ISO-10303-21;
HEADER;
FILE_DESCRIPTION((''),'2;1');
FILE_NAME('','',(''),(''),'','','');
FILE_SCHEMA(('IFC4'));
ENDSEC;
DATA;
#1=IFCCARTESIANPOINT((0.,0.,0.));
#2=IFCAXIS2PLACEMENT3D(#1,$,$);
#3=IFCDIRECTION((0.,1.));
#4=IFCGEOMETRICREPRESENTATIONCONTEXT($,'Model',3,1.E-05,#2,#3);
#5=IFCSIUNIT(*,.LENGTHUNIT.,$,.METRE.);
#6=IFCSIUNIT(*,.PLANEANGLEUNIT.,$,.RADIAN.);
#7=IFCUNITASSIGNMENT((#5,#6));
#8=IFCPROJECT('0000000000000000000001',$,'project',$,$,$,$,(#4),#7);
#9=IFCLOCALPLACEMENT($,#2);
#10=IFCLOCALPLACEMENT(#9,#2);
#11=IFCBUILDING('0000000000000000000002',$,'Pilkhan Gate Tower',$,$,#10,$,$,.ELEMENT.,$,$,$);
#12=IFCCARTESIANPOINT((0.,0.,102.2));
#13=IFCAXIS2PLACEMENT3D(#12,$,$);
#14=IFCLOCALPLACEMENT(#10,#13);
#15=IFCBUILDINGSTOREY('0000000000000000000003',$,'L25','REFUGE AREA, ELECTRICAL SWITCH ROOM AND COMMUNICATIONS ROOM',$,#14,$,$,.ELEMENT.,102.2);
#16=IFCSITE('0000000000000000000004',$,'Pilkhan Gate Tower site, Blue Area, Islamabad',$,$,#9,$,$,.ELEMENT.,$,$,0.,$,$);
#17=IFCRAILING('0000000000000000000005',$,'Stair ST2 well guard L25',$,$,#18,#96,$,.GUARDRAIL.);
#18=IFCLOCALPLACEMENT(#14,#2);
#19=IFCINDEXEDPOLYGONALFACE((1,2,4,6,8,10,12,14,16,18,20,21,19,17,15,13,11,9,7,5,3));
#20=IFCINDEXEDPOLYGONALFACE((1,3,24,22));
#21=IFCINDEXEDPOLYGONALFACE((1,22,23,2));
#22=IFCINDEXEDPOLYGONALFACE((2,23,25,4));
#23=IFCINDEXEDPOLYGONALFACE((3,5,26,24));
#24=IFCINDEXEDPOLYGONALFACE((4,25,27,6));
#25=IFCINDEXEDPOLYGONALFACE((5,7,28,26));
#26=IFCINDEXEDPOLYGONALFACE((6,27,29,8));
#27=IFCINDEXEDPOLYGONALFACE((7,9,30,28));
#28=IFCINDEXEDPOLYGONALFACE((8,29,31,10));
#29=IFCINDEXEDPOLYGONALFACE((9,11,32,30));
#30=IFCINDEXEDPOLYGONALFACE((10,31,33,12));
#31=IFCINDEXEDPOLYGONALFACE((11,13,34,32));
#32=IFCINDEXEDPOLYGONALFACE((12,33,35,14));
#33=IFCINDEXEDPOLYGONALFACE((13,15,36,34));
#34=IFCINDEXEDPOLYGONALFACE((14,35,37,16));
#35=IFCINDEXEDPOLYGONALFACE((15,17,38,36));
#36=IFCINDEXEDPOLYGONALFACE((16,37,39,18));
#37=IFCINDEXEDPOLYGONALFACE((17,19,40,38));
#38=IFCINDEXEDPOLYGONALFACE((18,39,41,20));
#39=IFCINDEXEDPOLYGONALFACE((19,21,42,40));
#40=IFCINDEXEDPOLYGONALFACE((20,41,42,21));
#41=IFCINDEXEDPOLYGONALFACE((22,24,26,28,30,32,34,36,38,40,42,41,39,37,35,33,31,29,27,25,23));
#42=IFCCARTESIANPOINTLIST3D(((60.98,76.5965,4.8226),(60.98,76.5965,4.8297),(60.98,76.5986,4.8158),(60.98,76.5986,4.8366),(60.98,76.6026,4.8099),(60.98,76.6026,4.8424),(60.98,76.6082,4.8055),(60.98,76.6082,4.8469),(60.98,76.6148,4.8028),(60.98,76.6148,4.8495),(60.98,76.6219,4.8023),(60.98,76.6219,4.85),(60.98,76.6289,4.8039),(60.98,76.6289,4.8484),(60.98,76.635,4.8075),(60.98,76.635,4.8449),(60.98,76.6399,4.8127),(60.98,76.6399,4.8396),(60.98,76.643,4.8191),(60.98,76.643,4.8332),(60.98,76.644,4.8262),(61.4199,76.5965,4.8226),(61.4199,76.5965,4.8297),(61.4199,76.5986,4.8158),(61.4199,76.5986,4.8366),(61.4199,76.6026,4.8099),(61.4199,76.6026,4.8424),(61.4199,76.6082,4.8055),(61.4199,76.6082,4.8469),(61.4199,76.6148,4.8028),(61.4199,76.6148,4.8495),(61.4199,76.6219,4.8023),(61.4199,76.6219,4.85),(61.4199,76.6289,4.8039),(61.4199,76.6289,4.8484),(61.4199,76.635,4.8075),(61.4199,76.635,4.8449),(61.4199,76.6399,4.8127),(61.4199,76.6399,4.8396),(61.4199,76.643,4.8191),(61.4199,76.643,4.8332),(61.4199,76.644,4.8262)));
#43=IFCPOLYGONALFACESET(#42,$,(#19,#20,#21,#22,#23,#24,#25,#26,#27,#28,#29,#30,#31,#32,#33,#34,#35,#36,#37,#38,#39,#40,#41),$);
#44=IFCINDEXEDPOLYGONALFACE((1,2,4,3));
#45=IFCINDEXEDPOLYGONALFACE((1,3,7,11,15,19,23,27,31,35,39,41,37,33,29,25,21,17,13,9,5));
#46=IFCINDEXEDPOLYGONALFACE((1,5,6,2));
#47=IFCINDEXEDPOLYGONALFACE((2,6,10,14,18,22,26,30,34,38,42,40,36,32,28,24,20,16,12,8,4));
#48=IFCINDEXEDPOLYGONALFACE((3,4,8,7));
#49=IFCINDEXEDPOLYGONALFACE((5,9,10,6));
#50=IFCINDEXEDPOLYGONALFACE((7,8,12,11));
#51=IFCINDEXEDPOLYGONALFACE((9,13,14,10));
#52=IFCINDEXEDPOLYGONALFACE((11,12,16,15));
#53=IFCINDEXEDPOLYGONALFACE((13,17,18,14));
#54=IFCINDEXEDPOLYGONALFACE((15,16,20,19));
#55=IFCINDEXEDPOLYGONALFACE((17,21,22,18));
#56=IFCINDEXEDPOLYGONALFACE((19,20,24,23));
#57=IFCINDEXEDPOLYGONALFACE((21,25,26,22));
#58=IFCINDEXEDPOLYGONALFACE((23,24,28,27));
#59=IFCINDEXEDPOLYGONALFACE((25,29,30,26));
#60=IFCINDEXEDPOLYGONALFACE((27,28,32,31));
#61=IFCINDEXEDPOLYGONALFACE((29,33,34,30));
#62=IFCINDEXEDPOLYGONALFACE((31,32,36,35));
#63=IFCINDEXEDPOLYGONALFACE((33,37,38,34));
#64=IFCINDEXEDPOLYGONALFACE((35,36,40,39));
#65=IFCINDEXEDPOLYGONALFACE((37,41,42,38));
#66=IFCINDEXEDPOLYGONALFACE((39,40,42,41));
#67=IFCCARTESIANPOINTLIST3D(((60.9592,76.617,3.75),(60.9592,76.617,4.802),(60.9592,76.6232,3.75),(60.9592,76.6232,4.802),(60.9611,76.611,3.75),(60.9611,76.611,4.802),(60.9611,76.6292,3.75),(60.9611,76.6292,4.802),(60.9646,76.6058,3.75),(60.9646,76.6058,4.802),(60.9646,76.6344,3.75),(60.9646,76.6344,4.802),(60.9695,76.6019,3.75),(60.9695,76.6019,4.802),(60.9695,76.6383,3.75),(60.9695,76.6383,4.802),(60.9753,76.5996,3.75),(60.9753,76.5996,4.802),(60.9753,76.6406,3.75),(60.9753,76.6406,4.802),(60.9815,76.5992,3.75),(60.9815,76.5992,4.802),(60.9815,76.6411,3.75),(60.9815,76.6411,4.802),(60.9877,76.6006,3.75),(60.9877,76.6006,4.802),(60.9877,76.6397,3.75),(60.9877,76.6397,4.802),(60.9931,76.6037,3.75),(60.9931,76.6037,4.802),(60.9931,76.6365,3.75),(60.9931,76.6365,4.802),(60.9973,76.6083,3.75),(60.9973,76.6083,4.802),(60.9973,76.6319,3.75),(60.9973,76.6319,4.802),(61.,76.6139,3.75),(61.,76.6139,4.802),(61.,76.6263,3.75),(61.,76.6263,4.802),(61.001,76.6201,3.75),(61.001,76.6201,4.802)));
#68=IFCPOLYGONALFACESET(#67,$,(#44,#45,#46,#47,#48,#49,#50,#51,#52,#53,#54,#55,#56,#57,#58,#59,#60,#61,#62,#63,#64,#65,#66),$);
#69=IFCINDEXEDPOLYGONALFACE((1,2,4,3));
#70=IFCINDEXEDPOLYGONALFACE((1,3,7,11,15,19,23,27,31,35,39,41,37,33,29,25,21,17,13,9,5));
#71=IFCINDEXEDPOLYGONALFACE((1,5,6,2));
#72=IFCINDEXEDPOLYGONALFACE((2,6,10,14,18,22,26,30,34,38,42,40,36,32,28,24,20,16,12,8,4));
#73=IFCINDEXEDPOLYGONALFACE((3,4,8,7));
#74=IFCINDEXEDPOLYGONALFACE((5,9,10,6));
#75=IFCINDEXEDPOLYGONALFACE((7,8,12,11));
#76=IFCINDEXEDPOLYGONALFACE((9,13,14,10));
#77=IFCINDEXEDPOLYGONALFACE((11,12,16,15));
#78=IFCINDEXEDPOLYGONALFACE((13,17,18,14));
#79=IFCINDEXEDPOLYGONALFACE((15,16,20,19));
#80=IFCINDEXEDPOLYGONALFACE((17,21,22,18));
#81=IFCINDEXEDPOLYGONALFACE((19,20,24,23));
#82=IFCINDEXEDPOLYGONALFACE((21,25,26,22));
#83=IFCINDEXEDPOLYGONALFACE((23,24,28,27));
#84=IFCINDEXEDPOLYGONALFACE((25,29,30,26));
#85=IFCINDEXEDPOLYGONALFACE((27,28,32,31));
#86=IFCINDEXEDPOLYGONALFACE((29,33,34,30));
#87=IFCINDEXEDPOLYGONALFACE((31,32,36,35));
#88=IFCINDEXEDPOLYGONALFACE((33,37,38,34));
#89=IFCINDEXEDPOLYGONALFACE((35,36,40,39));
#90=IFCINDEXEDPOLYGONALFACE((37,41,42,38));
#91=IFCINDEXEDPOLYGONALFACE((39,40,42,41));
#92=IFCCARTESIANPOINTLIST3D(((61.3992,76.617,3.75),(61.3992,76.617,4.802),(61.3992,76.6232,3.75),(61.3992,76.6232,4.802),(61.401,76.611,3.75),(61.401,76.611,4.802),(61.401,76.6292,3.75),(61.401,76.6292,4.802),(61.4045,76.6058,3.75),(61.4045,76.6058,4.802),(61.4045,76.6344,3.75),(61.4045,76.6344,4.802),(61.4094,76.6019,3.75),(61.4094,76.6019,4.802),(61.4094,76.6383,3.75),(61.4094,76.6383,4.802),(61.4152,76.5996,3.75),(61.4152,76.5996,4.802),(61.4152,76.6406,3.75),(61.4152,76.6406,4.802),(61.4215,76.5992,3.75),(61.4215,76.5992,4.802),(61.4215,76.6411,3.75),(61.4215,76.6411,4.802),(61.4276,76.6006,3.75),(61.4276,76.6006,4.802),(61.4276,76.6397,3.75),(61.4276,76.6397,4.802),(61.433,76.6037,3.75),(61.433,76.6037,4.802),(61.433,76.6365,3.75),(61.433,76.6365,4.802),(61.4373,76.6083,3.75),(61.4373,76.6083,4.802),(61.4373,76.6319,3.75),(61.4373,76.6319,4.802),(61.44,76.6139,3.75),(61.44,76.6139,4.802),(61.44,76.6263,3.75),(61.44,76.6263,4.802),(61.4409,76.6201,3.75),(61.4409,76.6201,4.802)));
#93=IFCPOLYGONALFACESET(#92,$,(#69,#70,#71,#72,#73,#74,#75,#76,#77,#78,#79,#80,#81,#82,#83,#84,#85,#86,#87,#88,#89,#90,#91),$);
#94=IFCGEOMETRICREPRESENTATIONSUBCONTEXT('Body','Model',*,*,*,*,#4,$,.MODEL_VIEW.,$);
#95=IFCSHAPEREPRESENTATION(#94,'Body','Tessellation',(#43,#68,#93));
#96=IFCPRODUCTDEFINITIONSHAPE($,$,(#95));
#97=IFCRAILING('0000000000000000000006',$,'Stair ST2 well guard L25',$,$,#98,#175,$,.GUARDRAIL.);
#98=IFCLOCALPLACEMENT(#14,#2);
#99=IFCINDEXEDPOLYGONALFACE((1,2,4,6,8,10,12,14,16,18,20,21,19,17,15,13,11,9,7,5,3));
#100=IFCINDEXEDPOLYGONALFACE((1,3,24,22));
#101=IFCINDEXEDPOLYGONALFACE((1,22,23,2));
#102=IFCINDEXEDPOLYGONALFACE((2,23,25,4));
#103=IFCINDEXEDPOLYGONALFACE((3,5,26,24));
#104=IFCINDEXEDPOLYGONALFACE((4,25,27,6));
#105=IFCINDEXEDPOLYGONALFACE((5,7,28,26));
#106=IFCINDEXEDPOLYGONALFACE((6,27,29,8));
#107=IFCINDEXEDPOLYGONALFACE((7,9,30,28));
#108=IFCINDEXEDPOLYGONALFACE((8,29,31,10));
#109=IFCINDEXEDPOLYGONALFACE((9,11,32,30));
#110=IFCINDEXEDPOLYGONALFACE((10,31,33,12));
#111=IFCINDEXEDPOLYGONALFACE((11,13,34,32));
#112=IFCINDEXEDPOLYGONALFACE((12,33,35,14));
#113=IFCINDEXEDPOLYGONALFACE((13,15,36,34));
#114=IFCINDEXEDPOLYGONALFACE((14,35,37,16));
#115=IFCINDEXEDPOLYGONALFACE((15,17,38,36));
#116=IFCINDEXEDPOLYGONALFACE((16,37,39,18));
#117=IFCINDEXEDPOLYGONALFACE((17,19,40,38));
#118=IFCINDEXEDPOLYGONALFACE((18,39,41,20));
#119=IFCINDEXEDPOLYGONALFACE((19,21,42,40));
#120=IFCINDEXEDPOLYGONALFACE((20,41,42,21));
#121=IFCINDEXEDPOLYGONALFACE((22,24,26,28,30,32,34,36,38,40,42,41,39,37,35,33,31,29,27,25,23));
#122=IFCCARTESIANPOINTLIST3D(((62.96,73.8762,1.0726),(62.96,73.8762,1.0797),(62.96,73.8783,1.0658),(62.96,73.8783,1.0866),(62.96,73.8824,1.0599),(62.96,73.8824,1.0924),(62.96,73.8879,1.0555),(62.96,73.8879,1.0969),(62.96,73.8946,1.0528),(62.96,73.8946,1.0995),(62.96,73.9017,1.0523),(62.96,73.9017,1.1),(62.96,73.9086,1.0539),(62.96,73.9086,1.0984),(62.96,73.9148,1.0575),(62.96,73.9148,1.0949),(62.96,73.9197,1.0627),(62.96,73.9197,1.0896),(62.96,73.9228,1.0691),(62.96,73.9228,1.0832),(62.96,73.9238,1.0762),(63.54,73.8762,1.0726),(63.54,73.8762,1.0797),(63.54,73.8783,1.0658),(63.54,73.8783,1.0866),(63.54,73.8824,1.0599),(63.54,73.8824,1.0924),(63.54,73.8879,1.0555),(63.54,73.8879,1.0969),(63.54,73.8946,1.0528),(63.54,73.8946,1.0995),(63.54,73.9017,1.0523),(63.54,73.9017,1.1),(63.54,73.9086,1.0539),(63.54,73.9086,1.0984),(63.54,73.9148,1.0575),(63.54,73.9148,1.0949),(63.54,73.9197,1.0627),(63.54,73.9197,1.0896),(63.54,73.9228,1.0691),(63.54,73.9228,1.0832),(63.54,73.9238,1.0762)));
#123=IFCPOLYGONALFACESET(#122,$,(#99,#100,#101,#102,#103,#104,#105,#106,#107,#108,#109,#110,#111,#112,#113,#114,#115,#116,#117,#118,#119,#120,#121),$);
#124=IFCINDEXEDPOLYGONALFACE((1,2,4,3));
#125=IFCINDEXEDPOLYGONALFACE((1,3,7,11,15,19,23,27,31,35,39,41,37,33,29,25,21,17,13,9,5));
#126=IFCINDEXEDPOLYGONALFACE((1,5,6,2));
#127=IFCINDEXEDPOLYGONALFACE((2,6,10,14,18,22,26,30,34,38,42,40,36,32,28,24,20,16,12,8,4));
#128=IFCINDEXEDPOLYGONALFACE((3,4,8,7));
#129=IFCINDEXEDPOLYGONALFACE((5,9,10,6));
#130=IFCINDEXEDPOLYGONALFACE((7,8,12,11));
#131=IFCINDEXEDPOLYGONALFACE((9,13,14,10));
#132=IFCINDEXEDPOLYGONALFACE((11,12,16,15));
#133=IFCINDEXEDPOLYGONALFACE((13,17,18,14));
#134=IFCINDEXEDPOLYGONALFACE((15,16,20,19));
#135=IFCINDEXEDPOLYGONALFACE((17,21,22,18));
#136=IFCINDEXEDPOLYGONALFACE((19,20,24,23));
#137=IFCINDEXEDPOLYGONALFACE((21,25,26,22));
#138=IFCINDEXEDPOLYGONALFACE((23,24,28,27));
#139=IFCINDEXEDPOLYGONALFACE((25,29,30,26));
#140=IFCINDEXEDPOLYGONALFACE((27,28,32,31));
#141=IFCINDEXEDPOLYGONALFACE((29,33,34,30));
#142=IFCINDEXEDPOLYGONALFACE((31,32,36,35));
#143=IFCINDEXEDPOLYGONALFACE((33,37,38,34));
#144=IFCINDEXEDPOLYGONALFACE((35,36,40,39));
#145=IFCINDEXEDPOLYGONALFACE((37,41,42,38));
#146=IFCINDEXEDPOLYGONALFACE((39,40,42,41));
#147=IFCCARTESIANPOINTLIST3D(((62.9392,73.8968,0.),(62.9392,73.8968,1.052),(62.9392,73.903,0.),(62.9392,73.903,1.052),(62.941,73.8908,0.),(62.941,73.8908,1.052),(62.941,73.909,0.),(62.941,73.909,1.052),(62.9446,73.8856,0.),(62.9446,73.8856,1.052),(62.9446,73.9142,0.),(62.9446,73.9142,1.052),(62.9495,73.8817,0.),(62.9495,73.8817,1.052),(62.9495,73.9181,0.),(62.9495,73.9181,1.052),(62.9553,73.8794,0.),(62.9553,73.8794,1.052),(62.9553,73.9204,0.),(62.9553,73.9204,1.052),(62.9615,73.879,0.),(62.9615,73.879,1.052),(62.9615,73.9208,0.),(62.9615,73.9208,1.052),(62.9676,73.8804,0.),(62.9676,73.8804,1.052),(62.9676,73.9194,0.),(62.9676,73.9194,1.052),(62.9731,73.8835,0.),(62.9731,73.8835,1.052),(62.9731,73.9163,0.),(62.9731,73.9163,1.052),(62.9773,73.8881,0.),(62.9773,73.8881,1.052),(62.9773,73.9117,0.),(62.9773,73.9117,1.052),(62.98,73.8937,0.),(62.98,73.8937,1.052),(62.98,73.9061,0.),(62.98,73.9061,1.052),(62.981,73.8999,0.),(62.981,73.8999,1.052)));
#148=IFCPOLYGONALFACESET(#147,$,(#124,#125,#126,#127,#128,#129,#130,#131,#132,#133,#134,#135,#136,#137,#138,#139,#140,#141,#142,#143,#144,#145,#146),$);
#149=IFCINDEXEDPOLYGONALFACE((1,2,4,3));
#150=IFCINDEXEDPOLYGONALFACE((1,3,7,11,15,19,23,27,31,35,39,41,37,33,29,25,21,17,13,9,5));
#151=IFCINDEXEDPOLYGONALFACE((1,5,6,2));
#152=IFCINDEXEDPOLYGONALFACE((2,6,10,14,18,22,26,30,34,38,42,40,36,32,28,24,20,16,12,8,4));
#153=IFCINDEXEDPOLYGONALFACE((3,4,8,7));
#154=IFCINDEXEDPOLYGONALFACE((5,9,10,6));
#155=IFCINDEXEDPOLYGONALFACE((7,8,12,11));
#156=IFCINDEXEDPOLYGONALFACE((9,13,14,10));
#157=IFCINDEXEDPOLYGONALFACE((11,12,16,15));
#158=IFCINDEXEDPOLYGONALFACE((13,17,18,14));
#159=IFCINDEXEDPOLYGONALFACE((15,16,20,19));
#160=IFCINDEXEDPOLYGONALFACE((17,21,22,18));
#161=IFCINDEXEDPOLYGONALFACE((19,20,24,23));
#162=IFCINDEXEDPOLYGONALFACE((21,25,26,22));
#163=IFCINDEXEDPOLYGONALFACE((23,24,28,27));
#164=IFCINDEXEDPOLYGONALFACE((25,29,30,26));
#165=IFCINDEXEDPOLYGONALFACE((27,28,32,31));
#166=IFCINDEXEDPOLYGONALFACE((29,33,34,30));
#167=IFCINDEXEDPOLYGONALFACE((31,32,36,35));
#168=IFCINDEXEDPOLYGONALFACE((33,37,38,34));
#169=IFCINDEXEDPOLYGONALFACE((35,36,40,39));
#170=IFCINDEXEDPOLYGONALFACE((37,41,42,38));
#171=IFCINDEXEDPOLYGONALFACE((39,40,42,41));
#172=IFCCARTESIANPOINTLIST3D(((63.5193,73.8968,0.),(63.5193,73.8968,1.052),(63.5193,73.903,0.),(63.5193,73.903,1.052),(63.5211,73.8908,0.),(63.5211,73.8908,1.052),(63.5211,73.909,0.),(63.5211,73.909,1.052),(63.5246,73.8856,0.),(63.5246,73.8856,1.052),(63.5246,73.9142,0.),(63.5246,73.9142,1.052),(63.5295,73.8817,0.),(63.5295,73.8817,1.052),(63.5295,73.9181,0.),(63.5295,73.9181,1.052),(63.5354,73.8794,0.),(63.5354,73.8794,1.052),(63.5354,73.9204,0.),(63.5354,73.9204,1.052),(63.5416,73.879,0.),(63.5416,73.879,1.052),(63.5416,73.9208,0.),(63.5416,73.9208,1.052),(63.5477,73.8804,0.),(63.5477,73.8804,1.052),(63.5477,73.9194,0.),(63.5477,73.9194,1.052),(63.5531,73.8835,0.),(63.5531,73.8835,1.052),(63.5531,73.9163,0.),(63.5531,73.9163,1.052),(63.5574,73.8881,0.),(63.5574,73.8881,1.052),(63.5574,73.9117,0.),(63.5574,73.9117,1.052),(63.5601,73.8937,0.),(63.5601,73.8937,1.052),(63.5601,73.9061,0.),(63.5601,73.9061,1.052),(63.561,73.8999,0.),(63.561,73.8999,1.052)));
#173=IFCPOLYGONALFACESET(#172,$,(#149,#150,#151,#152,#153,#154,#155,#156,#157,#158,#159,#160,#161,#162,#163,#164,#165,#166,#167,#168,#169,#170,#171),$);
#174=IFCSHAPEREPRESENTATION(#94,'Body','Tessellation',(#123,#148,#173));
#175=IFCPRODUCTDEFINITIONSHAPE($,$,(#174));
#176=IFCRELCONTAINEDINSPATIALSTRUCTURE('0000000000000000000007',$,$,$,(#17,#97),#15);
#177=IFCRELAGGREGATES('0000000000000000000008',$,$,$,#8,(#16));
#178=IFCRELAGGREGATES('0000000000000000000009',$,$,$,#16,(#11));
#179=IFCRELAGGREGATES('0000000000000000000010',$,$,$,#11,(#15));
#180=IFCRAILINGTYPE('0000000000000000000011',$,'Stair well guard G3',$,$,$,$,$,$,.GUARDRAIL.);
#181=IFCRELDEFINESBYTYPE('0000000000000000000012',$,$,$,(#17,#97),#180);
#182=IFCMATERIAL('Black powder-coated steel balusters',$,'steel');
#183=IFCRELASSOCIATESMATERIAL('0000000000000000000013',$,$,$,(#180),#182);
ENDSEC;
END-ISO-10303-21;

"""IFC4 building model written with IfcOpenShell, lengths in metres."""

from ifc_helpers import new_model, si_unit, direction, frame, origin, origin_2d, place, context, subcontext, project, spatial, circle, extrude, material, type_object, element, save


model = new_model("IFC4")

# Units and contexts
model_context = context("Model", 3, precision=1e-05, world=origin(), true_north=direction((0.0, 1.0)))
body_context = subcontext(model_context, "Body", "Model", "MODEL_VIEW")
ifc_project = project(units=[si_unit("LENGTHUNIT", "METRE"), si_unit("PLANEANGLEUNIT", "RADIAN")], contexts=[model_context])

# Site, building, storey
site_placement = place(None, origin())
site = spatial("IfcSite", under=ifc_project, at=site_placement, Name="Pilkhan Gate Tower site, Blue Area, Islamabad", CompositionType="ELEMENT", RefElevation=0.0)
building_placement = place(site_placement, origin())
building = spatial("IfcBuilding", under=site, at=building_placement, Name="Pilkhan Gate Tower", CompositionType="ELEMENT")
storey_placement = place(building_placement, frame((0.0, 0.0, 102.2)))
storey = spatial("IfcBuildingStorey", under=building, at=storey_placement, Name="L25", Description="REFUGE AREA, ELECTRICAL SWITCH ROOM AND COMMUNICATIONS ROOM", CompositionType="ELEMENT", Elevation=102.2)

# Railings
ifc_material_1 = material(Name="Black powder-coated steel balusters", Category="steel")
railing_type_1 = type_object("IfcRailingType", Name="Stair well guard G3", PredefinedType="GUARDRAIL", material=ifc_material_1)
for number, where, name in (
    (1, (60.98, 76.6201, 3.75), "Stair ST2 well guard L25"),
):
    element("IfcRailing", number, at=place(storey_placement, frame(where)), inside=storey, type_object=railing_type_1, Name=name, PredefinedType="GUARDRAIL", context=body_context, shape_type="SweptSolid", body=[
        extrude(circle(Radius=0.0239, at=origin_2d()), frame((0.0, 0.0, 1.0762), z_axis=(1.0, 0.0, 0.0), x_axis=(0.0, 1.0, 0.0)), (0.0, 0.0, 1.0), 0.4399),
        extrude(circle(Radius=0.021, at=origin_2d()), origin(), (0.0, 0.0, 1.0), 1.052),
        extrude(circle(Radius=0.021, at=origin_2d()), frame((0.4399, 0.0, 0.0)), (0.0, 0.0, 1.0), 1.052),
    ])
for number, where, name in (
    (2, (62.96, 73.8999, 0.0), "Stair ST2 well guard L25"),
):
    element("IfcRailing", number, at=place(storey_placement, frame(where)), inside=storey, type_object=railing_type_1, Name=name, PredefinedType="GUARDRAIL", context=body_context, shape_type="SweptSolid", body=[
        extrude(circle(Radius=0.0239, at=origin_2d()), frame((0.0, 0.0, 1.0762), z_axis=(1.0, 0.0, 0.0), x_axis=(0.0, 1.0, 0.0)), (0.0, 0.0, 1.0), 0.5801),
        extrude(circle(Radius=0.021, at=origin_2d()), origin(), (0.0, 0.0, 1.0), 1.052),
        extrude(circle(Radius=0.021, at=origin_2d()), frame((0.5801, 0.0, 0.0)), (0.0, 0.0, 1.0), 1.052),
    ])

save(model, "model.ifc")
